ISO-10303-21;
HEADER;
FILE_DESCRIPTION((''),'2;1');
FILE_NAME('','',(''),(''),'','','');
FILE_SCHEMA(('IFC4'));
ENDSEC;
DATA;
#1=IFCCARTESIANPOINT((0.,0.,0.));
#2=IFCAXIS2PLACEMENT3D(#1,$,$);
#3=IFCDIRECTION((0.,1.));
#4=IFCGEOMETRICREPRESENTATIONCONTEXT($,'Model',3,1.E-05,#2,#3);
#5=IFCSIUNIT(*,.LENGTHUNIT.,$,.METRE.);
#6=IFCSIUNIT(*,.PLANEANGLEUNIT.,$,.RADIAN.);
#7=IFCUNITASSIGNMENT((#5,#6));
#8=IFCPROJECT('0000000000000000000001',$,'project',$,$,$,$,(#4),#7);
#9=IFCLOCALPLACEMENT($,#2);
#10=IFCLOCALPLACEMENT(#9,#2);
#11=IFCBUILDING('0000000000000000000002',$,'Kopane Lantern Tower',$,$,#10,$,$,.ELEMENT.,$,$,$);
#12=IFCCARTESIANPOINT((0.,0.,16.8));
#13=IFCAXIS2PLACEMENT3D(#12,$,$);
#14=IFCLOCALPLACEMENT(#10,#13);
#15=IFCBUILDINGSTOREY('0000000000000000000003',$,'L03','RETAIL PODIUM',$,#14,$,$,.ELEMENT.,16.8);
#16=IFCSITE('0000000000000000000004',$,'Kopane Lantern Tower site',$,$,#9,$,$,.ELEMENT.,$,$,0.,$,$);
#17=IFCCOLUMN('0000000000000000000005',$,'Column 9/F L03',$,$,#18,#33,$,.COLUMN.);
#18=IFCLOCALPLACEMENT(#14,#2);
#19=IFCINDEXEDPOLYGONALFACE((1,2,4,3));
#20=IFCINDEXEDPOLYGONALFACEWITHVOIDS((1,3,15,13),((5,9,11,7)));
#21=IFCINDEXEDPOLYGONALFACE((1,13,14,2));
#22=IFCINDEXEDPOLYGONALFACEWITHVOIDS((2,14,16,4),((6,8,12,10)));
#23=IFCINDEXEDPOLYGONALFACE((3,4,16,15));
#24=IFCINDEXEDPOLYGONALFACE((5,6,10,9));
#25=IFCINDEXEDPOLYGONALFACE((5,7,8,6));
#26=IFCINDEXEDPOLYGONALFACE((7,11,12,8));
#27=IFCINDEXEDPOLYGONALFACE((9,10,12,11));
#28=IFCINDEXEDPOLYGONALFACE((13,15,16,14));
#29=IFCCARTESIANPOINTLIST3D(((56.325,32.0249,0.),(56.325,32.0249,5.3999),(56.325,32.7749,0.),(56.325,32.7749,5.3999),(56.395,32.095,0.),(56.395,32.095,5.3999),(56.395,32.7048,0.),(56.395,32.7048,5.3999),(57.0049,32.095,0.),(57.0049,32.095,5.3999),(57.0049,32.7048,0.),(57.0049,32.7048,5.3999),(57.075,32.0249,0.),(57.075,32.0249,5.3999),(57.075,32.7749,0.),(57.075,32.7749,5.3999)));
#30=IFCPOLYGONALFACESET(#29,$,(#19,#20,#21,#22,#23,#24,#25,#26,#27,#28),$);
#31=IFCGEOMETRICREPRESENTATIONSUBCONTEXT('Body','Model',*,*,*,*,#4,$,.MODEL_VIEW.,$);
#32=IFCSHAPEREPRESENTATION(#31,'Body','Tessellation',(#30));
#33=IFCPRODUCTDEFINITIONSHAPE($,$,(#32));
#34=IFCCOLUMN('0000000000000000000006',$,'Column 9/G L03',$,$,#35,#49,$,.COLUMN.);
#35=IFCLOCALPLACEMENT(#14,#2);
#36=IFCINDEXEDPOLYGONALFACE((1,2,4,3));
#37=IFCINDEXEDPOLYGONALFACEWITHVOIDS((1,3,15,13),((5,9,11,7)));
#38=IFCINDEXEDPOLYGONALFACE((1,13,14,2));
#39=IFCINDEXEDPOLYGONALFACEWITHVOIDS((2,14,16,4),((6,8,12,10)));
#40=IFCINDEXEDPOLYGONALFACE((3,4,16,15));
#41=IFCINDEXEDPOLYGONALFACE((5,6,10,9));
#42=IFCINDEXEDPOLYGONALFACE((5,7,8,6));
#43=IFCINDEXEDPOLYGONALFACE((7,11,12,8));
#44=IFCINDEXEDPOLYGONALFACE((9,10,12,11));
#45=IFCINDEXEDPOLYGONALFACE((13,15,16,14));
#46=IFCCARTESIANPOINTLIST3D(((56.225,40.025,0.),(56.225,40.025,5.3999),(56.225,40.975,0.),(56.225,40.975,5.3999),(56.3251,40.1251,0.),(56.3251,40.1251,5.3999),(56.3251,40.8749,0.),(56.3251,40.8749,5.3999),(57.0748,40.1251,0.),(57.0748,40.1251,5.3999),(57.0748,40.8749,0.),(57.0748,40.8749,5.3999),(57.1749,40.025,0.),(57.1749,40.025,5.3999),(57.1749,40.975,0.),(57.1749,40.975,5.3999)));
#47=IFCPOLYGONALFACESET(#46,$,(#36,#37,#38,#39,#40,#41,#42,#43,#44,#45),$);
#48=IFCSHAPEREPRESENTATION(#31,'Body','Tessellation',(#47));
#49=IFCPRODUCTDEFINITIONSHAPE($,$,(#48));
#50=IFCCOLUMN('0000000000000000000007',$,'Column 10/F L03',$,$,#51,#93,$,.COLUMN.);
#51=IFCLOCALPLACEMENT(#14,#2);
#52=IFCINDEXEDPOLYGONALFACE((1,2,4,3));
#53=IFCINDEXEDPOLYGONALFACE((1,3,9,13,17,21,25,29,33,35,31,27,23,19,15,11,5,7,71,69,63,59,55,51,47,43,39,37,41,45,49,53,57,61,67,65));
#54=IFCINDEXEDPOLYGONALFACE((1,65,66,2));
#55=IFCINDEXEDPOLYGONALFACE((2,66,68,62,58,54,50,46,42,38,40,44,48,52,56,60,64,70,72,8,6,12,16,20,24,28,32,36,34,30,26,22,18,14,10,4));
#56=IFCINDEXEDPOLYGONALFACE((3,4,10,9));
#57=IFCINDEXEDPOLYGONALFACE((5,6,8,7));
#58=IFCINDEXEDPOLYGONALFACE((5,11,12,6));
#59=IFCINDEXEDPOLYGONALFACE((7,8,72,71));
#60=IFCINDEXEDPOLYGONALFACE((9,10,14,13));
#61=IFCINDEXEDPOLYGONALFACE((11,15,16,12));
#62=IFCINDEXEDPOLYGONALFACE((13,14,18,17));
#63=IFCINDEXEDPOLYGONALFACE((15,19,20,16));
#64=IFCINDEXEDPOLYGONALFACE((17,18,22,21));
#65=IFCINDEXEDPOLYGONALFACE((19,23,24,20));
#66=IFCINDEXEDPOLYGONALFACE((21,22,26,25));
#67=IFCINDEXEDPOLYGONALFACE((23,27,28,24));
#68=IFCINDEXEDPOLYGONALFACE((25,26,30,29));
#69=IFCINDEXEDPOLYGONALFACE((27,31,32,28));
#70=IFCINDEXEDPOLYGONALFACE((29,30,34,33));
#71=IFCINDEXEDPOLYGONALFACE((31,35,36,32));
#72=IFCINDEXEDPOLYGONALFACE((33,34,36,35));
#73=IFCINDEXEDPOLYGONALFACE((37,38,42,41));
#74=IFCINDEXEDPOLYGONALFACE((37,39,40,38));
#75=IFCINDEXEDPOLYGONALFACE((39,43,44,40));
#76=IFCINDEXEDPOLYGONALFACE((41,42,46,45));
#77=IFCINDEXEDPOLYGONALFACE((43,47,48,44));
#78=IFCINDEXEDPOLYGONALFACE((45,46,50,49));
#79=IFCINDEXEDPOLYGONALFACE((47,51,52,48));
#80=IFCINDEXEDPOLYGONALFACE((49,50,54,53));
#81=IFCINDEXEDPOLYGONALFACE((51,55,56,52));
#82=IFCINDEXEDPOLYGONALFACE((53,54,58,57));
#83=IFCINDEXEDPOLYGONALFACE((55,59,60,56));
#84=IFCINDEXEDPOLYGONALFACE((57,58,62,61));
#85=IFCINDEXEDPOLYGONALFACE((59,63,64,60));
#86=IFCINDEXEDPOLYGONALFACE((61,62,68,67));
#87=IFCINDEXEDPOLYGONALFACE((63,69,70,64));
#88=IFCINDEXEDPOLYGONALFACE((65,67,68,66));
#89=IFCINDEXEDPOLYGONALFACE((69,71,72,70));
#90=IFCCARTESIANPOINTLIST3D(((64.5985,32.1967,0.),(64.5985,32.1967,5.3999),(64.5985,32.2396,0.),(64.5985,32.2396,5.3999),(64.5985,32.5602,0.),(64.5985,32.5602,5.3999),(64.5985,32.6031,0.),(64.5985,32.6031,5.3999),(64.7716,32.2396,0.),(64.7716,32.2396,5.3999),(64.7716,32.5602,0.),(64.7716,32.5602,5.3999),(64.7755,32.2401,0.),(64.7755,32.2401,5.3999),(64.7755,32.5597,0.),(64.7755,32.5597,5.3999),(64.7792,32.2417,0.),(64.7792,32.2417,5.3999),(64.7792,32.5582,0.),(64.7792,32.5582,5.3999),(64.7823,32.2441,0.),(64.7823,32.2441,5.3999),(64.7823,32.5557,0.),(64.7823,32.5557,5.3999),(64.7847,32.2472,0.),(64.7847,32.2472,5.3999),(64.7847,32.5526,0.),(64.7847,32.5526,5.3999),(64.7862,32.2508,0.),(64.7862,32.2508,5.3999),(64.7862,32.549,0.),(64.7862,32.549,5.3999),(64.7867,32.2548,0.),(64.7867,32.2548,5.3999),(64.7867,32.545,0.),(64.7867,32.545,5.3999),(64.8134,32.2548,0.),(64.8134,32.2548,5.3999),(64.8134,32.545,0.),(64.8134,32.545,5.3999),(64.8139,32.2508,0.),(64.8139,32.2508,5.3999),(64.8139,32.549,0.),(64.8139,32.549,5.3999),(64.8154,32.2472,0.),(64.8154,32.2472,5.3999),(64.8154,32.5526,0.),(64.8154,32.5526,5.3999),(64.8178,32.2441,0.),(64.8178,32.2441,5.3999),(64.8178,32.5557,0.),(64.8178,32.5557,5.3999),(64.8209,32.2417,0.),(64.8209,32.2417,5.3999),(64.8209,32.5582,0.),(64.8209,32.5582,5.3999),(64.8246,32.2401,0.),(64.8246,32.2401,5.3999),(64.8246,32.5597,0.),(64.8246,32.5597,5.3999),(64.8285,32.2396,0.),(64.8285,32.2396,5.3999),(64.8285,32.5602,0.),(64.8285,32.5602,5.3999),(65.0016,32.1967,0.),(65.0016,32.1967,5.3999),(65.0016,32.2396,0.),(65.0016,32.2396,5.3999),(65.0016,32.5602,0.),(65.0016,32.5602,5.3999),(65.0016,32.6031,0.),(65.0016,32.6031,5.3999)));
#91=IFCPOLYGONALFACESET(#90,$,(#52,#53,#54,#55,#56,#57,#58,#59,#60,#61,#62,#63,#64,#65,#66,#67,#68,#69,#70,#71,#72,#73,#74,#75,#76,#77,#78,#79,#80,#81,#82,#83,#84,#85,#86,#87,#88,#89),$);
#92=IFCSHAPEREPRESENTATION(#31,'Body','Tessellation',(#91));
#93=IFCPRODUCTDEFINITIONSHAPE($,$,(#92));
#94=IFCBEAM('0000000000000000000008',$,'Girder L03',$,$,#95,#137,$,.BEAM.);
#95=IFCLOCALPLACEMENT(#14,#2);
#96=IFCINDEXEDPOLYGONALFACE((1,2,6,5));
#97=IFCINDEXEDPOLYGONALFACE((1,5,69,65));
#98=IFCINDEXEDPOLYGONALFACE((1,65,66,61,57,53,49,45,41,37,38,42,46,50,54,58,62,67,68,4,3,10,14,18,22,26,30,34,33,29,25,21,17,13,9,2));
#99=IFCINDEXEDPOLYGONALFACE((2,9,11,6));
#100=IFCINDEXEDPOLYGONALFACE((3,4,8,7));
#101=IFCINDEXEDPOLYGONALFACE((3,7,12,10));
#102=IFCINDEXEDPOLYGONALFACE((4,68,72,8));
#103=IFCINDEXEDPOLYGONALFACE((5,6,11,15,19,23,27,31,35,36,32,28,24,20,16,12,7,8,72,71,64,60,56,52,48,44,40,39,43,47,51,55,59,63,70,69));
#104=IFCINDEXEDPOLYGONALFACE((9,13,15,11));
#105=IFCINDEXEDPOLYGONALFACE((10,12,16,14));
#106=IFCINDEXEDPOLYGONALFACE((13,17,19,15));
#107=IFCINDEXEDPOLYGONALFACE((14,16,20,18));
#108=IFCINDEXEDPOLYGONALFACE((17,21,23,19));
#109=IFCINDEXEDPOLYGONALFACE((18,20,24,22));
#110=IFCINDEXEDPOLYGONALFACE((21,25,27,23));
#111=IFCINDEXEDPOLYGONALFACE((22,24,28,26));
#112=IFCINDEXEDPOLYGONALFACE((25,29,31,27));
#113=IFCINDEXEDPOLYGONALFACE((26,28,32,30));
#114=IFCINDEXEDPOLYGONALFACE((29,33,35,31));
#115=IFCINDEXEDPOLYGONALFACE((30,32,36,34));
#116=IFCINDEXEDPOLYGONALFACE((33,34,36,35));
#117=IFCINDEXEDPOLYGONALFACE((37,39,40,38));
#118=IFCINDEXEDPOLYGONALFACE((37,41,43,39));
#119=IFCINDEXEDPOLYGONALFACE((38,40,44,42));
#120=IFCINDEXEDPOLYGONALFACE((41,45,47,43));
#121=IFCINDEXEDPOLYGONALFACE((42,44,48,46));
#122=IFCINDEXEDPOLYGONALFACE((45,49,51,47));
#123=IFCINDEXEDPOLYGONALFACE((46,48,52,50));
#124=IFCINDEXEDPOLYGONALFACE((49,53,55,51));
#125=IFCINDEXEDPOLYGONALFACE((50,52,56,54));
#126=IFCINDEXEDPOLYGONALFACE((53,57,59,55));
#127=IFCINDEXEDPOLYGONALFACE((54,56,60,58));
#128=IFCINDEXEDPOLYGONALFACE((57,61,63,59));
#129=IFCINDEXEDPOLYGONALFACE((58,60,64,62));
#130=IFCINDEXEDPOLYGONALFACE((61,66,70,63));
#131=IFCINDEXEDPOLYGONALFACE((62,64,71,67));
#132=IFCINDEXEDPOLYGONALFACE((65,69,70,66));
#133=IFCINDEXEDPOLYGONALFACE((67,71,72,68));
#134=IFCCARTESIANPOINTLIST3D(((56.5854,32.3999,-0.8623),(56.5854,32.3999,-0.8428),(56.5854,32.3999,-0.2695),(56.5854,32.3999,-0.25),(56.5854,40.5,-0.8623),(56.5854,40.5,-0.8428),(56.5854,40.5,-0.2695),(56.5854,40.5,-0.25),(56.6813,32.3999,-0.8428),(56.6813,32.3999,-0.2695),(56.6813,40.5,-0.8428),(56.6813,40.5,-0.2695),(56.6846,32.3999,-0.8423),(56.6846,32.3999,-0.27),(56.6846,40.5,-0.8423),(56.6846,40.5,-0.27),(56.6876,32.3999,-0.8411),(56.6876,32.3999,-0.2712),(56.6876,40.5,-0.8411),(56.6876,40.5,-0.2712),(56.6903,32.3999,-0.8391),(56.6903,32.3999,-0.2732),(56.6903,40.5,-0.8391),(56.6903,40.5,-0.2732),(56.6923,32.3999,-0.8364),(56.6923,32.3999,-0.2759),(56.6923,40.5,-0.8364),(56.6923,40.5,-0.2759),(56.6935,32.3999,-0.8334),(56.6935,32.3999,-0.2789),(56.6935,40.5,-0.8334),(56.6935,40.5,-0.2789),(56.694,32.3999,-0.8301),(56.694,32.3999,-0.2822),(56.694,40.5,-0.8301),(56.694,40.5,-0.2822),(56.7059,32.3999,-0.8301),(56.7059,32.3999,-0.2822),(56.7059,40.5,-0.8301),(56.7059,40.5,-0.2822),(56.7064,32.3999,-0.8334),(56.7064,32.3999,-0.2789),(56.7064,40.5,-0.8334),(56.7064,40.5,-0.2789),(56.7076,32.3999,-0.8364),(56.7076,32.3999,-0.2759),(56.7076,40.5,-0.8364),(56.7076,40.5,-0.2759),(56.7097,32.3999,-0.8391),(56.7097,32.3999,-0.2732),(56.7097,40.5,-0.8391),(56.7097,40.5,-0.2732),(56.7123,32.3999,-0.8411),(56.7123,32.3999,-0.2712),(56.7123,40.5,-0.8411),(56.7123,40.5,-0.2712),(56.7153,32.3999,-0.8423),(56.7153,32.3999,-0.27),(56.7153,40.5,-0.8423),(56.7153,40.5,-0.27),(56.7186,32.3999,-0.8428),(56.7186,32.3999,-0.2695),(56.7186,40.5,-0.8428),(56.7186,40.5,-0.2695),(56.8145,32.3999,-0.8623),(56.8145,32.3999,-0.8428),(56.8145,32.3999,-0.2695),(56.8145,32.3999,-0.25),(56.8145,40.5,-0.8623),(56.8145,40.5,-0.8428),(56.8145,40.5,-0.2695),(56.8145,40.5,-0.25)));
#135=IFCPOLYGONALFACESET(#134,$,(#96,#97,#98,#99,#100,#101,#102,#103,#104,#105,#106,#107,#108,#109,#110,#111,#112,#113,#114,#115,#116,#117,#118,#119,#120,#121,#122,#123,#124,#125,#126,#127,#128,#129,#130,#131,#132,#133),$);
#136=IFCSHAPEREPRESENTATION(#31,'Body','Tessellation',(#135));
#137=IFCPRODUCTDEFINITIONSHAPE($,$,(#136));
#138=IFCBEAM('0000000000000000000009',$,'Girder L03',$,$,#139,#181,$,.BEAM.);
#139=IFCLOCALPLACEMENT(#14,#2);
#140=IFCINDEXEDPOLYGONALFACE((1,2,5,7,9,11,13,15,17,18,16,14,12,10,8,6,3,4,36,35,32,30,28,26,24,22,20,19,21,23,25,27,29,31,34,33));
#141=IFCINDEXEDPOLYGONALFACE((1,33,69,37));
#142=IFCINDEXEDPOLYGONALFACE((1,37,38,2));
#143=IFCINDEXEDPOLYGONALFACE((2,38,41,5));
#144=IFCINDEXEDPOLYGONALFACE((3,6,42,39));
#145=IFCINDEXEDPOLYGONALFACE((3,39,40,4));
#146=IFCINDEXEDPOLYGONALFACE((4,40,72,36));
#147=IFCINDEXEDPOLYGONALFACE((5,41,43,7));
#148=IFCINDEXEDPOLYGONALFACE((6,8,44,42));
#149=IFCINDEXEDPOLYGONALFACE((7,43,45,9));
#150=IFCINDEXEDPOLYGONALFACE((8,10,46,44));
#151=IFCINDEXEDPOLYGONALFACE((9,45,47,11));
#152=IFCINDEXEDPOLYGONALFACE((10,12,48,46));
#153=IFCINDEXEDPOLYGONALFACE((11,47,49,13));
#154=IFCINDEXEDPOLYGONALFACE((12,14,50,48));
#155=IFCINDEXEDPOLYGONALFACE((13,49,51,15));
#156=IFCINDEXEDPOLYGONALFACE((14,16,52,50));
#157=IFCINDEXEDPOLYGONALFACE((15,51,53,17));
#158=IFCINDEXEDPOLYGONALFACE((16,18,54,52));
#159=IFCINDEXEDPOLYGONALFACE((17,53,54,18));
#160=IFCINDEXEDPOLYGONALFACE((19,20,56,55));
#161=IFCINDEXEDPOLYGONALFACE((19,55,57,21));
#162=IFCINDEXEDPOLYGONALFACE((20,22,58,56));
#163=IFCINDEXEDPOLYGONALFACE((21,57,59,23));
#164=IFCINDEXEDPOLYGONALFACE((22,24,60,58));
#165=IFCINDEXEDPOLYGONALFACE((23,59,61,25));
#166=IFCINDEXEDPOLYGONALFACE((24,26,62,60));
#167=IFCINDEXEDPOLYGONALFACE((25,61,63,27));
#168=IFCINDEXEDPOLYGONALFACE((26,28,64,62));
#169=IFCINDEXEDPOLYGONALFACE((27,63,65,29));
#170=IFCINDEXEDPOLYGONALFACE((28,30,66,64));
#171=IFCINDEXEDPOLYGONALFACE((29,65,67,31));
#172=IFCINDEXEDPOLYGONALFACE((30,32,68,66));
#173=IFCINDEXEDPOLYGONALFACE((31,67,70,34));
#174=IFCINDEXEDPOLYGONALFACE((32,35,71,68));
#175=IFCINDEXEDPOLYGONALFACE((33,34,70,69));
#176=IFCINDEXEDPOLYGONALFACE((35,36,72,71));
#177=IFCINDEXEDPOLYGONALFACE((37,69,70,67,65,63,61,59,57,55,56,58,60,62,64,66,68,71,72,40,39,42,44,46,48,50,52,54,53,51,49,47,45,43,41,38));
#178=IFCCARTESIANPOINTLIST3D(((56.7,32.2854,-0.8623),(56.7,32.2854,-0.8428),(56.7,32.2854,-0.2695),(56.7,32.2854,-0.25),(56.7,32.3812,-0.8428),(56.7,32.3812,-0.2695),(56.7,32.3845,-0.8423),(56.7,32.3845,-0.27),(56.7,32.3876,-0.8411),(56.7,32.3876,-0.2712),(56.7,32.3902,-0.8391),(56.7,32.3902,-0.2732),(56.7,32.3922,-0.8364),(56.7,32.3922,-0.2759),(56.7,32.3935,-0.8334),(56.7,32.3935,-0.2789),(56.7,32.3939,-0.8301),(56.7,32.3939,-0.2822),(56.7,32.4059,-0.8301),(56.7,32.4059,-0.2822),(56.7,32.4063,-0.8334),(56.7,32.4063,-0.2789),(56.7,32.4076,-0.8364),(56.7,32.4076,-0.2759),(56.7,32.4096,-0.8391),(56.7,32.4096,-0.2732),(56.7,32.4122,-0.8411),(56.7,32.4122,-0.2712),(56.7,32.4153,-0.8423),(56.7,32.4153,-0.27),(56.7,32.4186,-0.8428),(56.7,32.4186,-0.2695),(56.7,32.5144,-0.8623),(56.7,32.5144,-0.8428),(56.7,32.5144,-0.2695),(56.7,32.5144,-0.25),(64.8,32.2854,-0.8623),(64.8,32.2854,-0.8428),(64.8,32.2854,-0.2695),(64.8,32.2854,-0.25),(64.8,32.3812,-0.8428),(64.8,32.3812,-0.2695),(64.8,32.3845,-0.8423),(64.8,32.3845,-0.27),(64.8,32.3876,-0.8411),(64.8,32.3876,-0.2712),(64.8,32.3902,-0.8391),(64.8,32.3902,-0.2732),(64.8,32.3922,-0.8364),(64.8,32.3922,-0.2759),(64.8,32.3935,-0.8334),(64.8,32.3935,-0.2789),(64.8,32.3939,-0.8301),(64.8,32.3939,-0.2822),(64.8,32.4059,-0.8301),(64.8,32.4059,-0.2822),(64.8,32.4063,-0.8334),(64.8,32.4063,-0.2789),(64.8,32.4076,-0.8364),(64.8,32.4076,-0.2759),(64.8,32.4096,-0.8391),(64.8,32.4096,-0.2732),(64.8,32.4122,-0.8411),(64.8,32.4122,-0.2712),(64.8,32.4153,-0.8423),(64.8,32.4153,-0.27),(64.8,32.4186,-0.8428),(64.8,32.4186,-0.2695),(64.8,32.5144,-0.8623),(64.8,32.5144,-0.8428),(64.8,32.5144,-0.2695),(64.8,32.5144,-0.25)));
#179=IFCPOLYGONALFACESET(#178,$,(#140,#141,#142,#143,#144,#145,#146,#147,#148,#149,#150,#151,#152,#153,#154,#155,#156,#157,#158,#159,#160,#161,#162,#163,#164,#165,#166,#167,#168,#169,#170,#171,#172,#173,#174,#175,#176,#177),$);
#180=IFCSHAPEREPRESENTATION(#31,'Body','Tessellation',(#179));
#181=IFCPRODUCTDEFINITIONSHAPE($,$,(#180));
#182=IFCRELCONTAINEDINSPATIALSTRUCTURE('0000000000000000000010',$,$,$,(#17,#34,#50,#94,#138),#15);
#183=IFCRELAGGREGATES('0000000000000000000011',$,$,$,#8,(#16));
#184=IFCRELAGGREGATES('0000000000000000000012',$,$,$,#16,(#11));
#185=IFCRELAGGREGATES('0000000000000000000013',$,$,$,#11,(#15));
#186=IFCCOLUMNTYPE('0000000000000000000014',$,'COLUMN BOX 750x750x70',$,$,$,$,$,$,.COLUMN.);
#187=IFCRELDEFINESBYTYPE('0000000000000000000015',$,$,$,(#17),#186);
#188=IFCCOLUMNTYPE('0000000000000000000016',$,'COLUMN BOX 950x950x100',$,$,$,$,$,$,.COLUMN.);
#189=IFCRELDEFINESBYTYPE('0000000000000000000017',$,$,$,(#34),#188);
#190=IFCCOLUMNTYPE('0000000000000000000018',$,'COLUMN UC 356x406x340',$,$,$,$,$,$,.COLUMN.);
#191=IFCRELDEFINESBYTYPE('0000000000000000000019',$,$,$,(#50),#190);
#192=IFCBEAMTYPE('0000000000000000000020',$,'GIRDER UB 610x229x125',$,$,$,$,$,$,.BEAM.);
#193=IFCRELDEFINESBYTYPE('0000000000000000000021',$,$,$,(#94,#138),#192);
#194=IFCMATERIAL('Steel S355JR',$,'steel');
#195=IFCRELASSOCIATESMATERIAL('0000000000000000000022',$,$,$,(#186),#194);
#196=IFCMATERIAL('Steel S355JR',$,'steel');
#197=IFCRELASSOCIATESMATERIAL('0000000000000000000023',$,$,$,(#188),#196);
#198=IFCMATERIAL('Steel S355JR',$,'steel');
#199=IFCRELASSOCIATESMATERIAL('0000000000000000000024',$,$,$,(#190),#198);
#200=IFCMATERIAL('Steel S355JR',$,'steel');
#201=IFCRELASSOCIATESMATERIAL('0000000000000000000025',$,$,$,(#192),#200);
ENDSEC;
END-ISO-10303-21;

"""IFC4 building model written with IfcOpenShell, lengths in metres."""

from ifc_helpers import new_model, si_unit, direction, frame, origin, origin_2d, place, context, subcontext, project, spatial, hollow_rectangle, i_section, extrude, material, material_profile, profile_set, type_object, element, save


model = new_model("IFC4")

# Units and contexts
model_context = context("Model", 3, precision=1e-05, world=origin(), true_north=direction((0.0, 1.0)))
body_context = subcontext(model_context, "Body", "Model", "MODEL_VIEW")
ifc_project = project(units=[si_unit("LENGTHUNIT", "METRE"), si_unit("PLANEANGLEUNIT", "RADIAN")], contexts=[model_context])

# Site, building, storey
site_placement = place(None, origin())
site = spatial("IfcSite", under=ifc_project, at=site_placement, Name="Kopane Lantern Tower site", CompositionType="ELEMENT", RefElevation=0.0)
building_placement = place(site_placement, origin())
building = spatial("IfcBuilding", under=site, at=building_placement, Name="Kopane Lantern Tower", CompositionType="ELEMENT")
storey_placement = place(building_placement, frame((0.0, 0.0, 16.8)))
storey = spatial("IfcBuildingStorey", under=building, at=storey_placement, Name="L03", Description="RETAIL PODIUM", CompositionType="ELEMENT", Elevation=16.8)

# Columns
ifc_material_1 = material(Name="Steel S355JR", Category="steel")
ifc_material_profile_1 = material_profile(ifc_material_1, hollow_rectangle(XDim=0.75, YDim=0.75, WallThickness=0.0701, at=origin_2d()), Name="BOX 750x750x70")
ifc_profile_set_1 = profile_set([ifc_material_profile_1], Name="Steel S355JR")
column_type_1 = type_object("IfcColumnType", Name="COLUMN BOX 750x750x70", PredefinedType="COLUMN", material=ifc_profile_set_1)
column_1_placement = place(storey_placement, frame((56.7, 32.3999, 0.0), z_axis=(0.0, 0.0, 1.0), x_axis=(1.0, 0.0, 0.0)))
element("IfcColumn", 1, at=column_1_placement, inside=storey, type_object=column_type_1, Name="Column 9/F L03", PredefinedType="COLUMN", context=body_context, shape_type="SweptSolid", body=[
    extrude(hollow_rectangle(XDim=0.75, YDim=0.75, WallThickness=0.0701, at=origin_2d()), origin(), (0.0, 0.0, 1.0), 5.3999),
])
ifc_material_2 = material(Name="Steel S355JR", Category="steel")
ifc_material_profile_2 = material_profile(ifc_material_2, hollow_rectangle(XDim=0.95, YDim=0.95, WallThickness=0.1001, at=origin_2d()), Name="BOX 950x950x100")
ifc_profile_set_2 = profile_set([ifc_material_profile_2], Name="Steel S355JR")
column_type_2 = type_object("IfcColumnType", Name="COLUMN BOX 950x950x100", PredefinedType="COLUMN", material=ifc_profile_set_2)
column_2_placement = place(storey_placement, frame((56.7, 40.5, 0.0), z_axis=(0.0, 0.0, 1.0), x_axis=(1.0, 0.0, 0.0)))
element("IfcColumn", 2, at=column_2_placement, inside=storey, type_object=column_type_2, Name="Column 9/G L03", PredefinedType="COLUMN", context=body_context, shape_type="SweptSolid", body=[
    extrude(hollow_rectangle(XDim=0.95, YDim=0.95, WallThickness=0.1001, at=origin_2d()), origin(), (0.0, 0.0, 1.0), 5.3999),
])
ifc_material_3 = material(Name="Steel S355JR", Category="steel")
ifc_material_profile_3 = material_profile(ifc_material_3, i_section(OverallWidth=0.4031, OverallDepth=0.4065, WebThickness=0.0266, FlangeThickness=0.043, FilletRadius=0.0151, at=origin_2d()), Name="UC 356x406x340")
ifc_profile_set_3 = profile_set([ifc_material_profile_3], Name="Steel S355JR")
column_type_3 = type_object("IfcColumnType", Name="COLUMN UC 356x406x340", PredefinedType="COLUMN", material=ifc_profile_set_3)
column_3_placement = place(storey_placement, frame((64.8, 32.3999, 0.0), z_axis=(0.0, 0.0, 1.0), x_axis=(1.0, 0.0, 0.0)))
element("IfcColumn", 3, at=column_3_placement, inside=storey, type_object=column_type_3, Name="Column 10/F L03", PredefinedType="COLUMN", context=body_context, shape_type="SweptSolid", body=[
    extrude(i_section(OverallWidth=0.4031, OverallDepth=0.4065, WebThickness=0.0266, FlangeThickness=0.043, FilletRadius=0.0151, at=origin_2d()), origin(), (0.0, 0.0, 1.0), 5.3999),
])

# Beams
ifc_material_4 = material(Name="Steel S355JR", Category="steel")
ifc_material_profile_4 = material_profile(ifc_material_4, i_section(OverallWidth=0.229, OverallDepth=0.6123, WebThickness=0.012, FlangeThickness=0.0195, FilletRadius=0.0127, at=origin_2d()), Name="UB 610x229x125")
ifc_profile_set_4 = profile_set([ifc_material_profile_4], Name="Steel S355JR")
beam_type = type_object("IfcBeamType", Name="GIRDER UB 610x229x125", PredefinedType="BEAM", material=ifc_profile_set_4)
for number, where, z_axis, x_axis, name in (
    (4, (56.7, 32.3999, -0.5562), (0.0, 1.0, 0.0), (-1.0, 0.0, 0.0), "Girder L03"),
    (5, (56.7, 32.3999, -0.5562), (1.0, 0.0, 0.0), (0.0, 1.0, 0.0), "Girder L03"),
):
    element("IfcBeam", number, at=place(storey_placement, frame(where, z_axis=z_axis, x_axis=x_axis)), inside=storey, type_object=beam_type, Name=name, PredefinedType="BEAM", context=body_context, shape_type="SweptSolid", body=[
        extrude(i_section(OverallWidth=0.229, OverallDepth=0.6123, WebThickness=0.012, FlangeThickness=0.0195, FilletRadius=0.0127, at=origin_2d()), origin(), (0.0, 0.0, 1.0), 8.1001),
    ])

save(model, "model.ifc")
